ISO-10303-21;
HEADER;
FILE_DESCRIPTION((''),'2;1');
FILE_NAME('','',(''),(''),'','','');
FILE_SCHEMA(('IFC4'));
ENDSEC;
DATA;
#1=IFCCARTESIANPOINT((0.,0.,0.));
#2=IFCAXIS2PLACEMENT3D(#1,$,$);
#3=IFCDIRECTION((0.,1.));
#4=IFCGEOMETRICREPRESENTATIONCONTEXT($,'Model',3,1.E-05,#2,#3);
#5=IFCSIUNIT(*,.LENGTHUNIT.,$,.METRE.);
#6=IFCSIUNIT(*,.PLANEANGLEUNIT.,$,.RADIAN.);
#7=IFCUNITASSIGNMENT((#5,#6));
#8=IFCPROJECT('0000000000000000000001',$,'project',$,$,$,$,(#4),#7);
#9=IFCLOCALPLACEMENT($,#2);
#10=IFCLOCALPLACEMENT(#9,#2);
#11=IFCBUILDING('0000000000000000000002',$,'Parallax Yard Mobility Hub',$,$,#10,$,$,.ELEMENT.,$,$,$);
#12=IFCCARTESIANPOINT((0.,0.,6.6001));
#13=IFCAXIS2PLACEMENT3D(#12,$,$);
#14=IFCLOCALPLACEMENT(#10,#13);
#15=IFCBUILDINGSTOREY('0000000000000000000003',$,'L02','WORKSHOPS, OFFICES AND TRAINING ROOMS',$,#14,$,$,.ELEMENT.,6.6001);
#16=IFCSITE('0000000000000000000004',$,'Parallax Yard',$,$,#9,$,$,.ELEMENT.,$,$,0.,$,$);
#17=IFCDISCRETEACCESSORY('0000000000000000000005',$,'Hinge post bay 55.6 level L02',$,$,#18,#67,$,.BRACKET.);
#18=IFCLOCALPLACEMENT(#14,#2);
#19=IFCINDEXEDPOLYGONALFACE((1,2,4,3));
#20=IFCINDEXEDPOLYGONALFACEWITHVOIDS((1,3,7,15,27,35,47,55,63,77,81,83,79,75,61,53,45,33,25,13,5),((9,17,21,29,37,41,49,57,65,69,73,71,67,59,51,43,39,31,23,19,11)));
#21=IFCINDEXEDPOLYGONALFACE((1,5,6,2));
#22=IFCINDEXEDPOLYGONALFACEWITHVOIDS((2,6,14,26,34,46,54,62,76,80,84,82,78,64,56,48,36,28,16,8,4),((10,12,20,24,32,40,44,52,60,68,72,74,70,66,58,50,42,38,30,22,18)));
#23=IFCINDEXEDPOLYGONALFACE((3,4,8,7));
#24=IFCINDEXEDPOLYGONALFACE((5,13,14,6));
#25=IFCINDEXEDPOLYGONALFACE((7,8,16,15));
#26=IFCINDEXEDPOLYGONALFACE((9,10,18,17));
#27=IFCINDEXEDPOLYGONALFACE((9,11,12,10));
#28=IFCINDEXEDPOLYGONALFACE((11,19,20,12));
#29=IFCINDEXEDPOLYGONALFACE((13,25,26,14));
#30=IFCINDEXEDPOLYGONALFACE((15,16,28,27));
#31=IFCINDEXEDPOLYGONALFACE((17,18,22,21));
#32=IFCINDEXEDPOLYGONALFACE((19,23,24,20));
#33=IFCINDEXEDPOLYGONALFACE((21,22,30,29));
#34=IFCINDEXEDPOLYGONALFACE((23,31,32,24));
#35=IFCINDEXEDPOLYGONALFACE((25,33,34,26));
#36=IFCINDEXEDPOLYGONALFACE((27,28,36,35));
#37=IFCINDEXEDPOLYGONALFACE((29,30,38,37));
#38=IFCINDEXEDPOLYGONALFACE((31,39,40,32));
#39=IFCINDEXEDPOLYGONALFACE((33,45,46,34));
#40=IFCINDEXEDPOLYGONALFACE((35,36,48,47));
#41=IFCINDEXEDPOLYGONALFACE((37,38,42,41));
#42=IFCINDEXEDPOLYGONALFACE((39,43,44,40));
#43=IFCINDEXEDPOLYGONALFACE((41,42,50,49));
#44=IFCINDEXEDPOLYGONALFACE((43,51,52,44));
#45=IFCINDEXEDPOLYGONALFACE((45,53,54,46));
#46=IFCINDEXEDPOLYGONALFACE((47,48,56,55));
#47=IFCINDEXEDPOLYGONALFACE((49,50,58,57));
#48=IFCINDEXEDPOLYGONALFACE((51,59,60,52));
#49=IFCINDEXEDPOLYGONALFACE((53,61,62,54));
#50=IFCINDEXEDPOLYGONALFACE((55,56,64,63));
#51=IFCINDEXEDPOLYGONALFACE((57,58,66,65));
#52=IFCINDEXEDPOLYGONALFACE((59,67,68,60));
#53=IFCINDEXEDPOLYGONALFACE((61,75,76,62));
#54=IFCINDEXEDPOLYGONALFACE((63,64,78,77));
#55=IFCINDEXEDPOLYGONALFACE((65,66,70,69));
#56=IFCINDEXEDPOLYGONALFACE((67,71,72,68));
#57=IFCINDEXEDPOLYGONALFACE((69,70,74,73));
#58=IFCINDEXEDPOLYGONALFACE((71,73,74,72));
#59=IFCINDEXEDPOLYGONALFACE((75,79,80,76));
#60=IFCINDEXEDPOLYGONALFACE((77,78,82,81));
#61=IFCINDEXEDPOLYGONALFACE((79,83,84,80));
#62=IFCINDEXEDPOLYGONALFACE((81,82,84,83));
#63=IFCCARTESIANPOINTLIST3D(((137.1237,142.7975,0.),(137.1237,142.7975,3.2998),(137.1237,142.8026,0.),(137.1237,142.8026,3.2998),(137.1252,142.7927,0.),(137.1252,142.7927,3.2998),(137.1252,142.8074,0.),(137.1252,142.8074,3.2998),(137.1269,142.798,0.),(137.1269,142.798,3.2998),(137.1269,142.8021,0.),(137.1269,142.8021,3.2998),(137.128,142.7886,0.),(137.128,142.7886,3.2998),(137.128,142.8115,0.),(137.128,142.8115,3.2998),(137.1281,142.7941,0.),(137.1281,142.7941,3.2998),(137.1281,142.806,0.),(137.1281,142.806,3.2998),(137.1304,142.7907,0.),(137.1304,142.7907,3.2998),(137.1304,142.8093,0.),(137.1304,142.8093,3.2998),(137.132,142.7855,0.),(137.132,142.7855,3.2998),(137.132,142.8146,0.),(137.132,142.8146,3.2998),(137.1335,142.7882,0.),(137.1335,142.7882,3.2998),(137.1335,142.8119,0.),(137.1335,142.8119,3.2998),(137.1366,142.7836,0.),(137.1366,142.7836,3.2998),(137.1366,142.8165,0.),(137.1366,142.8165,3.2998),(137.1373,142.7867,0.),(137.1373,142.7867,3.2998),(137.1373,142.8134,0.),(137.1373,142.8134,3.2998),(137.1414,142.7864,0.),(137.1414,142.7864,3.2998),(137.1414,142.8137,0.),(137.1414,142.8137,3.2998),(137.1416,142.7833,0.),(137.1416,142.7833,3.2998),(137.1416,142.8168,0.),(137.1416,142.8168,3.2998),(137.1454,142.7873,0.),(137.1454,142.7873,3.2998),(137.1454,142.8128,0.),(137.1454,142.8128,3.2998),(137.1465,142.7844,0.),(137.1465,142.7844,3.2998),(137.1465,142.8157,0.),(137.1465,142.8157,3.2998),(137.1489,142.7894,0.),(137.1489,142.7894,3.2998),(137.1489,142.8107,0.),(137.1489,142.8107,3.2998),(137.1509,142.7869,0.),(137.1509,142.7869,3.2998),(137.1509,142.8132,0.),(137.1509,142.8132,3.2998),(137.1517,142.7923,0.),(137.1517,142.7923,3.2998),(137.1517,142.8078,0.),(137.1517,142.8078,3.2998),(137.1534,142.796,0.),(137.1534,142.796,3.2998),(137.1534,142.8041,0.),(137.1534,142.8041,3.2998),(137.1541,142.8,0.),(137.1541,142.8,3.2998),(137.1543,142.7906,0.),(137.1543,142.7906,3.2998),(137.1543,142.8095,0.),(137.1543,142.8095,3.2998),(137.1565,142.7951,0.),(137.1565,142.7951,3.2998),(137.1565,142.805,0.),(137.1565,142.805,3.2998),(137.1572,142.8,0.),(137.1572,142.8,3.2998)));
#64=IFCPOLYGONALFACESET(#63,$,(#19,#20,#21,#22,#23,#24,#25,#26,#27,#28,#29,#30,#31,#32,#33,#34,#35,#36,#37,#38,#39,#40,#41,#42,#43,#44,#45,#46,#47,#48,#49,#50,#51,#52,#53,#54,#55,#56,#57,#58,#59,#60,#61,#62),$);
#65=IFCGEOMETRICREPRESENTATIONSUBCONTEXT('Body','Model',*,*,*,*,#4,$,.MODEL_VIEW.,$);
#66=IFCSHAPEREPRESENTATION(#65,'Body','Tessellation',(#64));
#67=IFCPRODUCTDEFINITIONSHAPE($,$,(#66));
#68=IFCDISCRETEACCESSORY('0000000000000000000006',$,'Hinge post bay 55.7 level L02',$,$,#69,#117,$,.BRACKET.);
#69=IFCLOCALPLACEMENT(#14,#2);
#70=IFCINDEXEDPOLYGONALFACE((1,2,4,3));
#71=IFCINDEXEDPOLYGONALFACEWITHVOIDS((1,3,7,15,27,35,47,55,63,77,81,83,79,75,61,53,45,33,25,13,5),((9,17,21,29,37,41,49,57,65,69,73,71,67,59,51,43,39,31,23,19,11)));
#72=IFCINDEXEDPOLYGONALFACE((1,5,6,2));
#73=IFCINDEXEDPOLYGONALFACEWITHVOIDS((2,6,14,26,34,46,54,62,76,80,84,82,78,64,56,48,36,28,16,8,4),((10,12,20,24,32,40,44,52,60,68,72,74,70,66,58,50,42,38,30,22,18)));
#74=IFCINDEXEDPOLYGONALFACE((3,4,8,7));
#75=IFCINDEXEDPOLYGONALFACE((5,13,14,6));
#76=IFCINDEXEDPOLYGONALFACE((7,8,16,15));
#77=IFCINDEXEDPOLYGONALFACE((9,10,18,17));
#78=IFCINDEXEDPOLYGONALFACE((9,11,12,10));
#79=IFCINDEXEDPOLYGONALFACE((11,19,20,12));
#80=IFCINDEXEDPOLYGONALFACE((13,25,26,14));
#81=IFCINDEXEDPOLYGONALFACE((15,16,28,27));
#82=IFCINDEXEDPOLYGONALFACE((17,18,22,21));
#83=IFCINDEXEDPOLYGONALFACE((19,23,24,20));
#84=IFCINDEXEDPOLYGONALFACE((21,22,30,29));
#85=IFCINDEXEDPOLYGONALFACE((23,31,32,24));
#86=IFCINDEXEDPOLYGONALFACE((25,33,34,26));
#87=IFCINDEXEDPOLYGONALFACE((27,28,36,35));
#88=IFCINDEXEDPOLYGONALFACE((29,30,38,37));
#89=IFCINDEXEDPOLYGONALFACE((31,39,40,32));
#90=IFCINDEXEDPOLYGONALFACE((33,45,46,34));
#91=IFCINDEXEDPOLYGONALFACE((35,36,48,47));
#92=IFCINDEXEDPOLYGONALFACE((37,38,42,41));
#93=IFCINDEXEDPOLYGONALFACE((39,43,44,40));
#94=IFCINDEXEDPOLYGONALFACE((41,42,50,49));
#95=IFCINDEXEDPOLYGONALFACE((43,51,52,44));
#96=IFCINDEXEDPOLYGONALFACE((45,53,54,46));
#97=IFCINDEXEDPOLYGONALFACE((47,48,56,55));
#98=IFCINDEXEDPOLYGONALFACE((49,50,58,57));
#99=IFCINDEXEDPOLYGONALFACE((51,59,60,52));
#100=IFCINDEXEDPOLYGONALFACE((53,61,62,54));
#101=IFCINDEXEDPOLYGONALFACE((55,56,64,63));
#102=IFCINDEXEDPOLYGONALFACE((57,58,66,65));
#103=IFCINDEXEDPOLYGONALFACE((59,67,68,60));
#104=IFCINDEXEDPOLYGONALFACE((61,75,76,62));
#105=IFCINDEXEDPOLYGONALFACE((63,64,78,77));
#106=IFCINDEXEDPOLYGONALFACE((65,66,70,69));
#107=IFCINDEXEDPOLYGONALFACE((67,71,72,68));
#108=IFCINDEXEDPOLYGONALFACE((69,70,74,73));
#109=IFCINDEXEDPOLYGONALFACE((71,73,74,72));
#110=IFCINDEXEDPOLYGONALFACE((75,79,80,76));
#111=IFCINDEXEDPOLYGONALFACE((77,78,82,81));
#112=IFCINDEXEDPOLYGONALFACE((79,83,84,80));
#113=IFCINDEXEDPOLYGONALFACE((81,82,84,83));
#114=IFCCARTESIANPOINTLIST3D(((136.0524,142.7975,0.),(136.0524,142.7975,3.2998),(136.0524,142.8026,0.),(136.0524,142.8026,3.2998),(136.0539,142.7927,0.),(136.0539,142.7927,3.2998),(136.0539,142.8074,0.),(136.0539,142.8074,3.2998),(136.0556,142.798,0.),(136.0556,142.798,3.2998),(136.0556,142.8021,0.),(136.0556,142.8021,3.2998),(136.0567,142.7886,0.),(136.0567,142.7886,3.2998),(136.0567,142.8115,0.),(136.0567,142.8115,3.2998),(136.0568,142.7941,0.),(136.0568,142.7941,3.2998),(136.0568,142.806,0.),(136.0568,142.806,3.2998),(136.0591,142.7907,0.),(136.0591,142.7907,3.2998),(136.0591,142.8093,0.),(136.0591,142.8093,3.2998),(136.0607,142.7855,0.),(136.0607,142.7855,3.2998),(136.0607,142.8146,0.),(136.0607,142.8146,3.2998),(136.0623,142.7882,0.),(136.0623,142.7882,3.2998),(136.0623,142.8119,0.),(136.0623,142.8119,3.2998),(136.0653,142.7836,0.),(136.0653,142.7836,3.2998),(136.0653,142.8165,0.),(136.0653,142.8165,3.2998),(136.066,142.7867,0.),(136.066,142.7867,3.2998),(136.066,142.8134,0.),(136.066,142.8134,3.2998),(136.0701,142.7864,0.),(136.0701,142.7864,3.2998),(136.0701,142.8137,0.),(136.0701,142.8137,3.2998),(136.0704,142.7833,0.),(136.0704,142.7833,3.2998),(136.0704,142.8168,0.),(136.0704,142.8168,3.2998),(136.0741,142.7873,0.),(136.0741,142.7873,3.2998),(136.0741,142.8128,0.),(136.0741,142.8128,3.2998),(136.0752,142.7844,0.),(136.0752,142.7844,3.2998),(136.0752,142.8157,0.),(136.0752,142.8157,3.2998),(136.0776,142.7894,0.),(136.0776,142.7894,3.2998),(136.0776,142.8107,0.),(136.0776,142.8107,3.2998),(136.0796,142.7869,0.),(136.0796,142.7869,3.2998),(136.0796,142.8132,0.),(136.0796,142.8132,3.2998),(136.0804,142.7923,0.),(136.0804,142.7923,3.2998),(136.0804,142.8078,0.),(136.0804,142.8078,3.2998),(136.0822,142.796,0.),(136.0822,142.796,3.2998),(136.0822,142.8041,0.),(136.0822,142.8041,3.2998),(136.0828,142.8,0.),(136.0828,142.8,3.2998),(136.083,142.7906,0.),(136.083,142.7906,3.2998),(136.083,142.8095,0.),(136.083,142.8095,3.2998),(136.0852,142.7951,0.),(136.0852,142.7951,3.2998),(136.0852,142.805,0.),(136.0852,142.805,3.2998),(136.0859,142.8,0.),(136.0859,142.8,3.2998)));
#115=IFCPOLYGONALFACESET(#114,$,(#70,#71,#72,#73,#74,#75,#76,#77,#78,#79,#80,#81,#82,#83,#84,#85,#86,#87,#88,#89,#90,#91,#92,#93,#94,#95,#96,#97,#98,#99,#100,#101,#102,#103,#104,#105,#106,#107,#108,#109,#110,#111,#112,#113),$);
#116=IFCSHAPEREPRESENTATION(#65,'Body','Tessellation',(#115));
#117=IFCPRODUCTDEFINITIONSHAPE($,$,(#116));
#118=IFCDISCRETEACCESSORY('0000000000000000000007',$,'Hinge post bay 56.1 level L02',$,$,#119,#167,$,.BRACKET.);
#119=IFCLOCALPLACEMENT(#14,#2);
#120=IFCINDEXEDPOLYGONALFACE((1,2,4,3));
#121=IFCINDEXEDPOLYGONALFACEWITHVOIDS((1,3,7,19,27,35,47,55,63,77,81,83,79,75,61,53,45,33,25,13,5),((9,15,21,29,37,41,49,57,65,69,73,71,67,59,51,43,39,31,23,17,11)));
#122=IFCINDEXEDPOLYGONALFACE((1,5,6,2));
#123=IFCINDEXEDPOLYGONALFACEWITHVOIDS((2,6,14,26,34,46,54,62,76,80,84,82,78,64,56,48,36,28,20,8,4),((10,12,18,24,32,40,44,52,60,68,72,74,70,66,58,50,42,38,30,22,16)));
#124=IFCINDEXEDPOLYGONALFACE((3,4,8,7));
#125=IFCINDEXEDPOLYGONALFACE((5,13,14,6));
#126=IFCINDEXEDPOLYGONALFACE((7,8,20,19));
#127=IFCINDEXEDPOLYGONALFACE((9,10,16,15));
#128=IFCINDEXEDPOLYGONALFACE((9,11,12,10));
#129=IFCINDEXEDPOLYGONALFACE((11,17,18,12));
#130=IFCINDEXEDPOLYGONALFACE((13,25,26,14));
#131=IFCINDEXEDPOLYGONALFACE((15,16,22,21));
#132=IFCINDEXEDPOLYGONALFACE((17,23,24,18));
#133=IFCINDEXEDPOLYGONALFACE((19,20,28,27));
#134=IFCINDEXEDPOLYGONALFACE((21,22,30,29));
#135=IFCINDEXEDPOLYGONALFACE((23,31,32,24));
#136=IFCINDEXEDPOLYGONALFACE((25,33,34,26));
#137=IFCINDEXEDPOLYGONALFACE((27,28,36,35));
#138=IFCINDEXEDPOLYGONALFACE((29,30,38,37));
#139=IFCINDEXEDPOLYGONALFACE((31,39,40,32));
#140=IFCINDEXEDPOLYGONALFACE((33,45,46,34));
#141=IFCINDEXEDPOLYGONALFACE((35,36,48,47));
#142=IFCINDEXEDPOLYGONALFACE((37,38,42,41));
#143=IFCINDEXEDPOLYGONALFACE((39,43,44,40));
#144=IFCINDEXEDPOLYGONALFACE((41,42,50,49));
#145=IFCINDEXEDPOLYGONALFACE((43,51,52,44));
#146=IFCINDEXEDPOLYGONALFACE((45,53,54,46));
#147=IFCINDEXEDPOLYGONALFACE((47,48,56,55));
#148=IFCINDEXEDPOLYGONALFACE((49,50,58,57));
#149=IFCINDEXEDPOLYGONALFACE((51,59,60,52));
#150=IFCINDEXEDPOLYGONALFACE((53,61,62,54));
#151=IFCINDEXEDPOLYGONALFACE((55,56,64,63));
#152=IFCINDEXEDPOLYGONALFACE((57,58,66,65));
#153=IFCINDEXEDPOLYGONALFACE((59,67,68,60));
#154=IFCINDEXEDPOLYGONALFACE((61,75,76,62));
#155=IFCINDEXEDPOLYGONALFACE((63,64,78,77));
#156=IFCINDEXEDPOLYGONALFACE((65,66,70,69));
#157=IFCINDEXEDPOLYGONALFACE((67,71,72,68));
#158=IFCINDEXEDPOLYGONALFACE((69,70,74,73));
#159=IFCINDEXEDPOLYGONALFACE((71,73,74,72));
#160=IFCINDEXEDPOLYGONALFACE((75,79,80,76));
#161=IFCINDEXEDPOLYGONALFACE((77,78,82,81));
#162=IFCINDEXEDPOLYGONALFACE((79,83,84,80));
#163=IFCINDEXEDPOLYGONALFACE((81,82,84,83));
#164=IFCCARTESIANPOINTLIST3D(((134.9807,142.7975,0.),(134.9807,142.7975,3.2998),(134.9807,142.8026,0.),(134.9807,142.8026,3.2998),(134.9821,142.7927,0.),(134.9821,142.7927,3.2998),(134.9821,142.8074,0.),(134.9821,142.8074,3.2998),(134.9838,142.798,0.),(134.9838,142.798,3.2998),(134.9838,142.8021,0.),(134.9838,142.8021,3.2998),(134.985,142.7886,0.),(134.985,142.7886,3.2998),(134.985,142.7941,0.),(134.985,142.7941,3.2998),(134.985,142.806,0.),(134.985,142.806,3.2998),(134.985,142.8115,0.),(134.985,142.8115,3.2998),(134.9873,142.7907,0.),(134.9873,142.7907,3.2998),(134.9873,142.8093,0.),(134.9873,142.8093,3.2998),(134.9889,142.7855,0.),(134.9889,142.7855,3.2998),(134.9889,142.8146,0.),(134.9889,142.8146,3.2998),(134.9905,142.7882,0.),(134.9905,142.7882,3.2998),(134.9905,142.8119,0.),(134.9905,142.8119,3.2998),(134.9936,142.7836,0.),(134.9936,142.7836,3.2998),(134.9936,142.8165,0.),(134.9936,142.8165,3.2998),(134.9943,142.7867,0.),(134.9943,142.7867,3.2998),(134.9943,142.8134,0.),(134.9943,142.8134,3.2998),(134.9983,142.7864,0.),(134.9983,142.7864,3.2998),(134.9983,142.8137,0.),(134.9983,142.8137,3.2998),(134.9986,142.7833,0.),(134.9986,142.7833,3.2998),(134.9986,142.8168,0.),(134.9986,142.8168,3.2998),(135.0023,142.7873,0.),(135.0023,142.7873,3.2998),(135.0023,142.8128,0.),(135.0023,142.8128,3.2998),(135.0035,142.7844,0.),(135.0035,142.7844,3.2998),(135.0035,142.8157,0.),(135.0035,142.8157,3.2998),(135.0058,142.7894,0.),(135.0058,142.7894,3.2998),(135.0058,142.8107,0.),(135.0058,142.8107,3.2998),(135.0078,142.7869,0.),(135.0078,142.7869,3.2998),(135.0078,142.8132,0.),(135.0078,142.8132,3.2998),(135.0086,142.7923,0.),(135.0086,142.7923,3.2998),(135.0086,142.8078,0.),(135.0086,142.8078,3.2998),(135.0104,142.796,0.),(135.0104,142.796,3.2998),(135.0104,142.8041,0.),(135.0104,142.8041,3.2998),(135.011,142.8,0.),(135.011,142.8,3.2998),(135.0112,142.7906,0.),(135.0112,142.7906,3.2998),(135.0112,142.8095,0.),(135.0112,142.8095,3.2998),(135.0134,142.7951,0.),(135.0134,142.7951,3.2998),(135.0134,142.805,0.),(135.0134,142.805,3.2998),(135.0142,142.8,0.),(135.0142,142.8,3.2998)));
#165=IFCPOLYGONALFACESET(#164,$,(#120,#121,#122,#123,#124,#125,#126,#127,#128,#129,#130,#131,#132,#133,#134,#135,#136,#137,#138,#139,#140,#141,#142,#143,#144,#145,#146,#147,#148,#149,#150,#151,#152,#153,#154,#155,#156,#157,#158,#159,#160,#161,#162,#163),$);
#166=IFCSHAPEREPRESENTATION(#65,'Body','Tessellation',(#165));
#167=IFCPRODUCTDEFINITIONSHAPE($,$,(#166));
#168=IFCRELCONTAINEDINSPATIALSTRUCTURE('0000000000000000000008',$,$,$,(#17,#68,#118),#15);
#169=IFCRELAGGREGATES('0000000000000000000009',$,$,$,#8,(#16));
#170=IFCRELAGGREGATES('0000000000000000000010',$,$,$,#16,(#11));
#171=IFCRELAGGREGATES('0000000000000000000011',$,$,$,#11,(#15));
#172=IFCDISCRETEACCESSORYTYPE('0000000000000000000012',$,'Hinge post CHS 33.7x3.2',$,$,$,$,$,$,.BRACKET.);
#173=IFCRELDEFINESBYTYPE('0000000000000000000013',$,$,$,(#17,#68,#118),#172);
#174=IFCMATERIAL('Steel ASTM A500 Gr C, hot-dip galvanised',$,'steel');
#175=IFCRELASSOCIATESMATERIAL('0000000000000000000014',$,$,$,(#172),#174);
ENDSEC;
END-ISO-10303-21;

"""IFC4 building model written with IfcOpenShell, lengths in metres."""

from ifc_helpers import new_model, si_unit, direction, frame, origin, origin_2d, place, context, subcontext, project, spatial, hollow_circle, extrude, material, material_profile, profile_set, type_object, element, save


model = new_model("IFC4")

# Units and contexts
model_context = context("Model", 3, precision=1e-05, world=origin(), true_north=direction((0.0, 1.0)))
body_context = subcontext(model_context, "Body", "Model", "MODEL_VIEW")
ifc_project = project(units=[si_unit("LENGTHUNIT", "METRE"), si_unit("PLANEANGLEUNIT", "RADIAN")], contexts=[model_context])

# Site, building, storey
site_placement = place(None, origin())
site = spatial("IfcSite", under=ifc_project, at=site_placement, Name="Parallax Yard", CompositionType="ELEMENT", RefElevation=0.0)
building_placement = place(site_placement, origin())
building = spatial("IfcBuilding", under=site, at=building_placement, Name="Parallax Yard Mobility Hub", CompositionType="ELEMENT")
storey_placement = place(building_placement, frame((0.0, 0.0, 6.6001)))
storey = spatial("IfcBuildingStorey", under=building, at=storey_placement, Name="L02", Description="WORKSHOPS, OFFICES AND TRAINING ROOMS", CompositionType="ELEMENT", Elevation=6.6001)

# Discrete accessories
ifc_material_1 = material(Name="Steel ASTM A500 Gr C, hot-dip galvanised", Category="steel")
ifc_material_profile = material_profile(ifc_material_1, hollow_circle(Radius=0.0168, WallThickness=0.0032, at=origin_2d()), Name="CHS 33.7x3.2")
ifc_profile_set = profile_set([ifc_material_profile], Name="Steel ASTM A500 Gr C, hot-dip galvanised")
discrete_accessory_type_1 = type_object("IfcDiscreteAccessoryType", Name="Hinge post CHS 33.7x3.2", PredefinedType="BRACKET", material=ifc_profile_set)
for number, where, z_axis, x_axis, name in (
    (1, (137.1404, 142.8, 0.0), (0.0, 0.0, 1.0), (1.0, 0.0, 0.0), "Hinge post bay 55.6 level L02"),
    (2, (136.0691, 142.8, 0.0), (0.0, 0.0, 1.0), (1.0, 0.0, 0.0), "Hinge post bay 55.7 level L02"),
    (3, (134.9973, 142.8, 0.0), (0.0, 0.0, 1.0), (1.0, 0.0, 0.0), "Hinge post bay 56.1 level L02"),
):
    element("IfcDiscreteAccessory", number, at=place(storey_placement, frame(where, z_axis=z_axis, x_axis=x_axis)), inside=storey, type_object=discrete_accessory_type_1, Name=name, PredefinedType="BRACKET", context=body_context, shape_type="SweptSolid", body=[
        extrude(hollow_circle(Radius=0.0168, WallThickness=0.0032, at=origin_2d()), origin(), (0.0, 0.0, 1.0), 3.2998),
    ])

save(model, "model.ifc")
